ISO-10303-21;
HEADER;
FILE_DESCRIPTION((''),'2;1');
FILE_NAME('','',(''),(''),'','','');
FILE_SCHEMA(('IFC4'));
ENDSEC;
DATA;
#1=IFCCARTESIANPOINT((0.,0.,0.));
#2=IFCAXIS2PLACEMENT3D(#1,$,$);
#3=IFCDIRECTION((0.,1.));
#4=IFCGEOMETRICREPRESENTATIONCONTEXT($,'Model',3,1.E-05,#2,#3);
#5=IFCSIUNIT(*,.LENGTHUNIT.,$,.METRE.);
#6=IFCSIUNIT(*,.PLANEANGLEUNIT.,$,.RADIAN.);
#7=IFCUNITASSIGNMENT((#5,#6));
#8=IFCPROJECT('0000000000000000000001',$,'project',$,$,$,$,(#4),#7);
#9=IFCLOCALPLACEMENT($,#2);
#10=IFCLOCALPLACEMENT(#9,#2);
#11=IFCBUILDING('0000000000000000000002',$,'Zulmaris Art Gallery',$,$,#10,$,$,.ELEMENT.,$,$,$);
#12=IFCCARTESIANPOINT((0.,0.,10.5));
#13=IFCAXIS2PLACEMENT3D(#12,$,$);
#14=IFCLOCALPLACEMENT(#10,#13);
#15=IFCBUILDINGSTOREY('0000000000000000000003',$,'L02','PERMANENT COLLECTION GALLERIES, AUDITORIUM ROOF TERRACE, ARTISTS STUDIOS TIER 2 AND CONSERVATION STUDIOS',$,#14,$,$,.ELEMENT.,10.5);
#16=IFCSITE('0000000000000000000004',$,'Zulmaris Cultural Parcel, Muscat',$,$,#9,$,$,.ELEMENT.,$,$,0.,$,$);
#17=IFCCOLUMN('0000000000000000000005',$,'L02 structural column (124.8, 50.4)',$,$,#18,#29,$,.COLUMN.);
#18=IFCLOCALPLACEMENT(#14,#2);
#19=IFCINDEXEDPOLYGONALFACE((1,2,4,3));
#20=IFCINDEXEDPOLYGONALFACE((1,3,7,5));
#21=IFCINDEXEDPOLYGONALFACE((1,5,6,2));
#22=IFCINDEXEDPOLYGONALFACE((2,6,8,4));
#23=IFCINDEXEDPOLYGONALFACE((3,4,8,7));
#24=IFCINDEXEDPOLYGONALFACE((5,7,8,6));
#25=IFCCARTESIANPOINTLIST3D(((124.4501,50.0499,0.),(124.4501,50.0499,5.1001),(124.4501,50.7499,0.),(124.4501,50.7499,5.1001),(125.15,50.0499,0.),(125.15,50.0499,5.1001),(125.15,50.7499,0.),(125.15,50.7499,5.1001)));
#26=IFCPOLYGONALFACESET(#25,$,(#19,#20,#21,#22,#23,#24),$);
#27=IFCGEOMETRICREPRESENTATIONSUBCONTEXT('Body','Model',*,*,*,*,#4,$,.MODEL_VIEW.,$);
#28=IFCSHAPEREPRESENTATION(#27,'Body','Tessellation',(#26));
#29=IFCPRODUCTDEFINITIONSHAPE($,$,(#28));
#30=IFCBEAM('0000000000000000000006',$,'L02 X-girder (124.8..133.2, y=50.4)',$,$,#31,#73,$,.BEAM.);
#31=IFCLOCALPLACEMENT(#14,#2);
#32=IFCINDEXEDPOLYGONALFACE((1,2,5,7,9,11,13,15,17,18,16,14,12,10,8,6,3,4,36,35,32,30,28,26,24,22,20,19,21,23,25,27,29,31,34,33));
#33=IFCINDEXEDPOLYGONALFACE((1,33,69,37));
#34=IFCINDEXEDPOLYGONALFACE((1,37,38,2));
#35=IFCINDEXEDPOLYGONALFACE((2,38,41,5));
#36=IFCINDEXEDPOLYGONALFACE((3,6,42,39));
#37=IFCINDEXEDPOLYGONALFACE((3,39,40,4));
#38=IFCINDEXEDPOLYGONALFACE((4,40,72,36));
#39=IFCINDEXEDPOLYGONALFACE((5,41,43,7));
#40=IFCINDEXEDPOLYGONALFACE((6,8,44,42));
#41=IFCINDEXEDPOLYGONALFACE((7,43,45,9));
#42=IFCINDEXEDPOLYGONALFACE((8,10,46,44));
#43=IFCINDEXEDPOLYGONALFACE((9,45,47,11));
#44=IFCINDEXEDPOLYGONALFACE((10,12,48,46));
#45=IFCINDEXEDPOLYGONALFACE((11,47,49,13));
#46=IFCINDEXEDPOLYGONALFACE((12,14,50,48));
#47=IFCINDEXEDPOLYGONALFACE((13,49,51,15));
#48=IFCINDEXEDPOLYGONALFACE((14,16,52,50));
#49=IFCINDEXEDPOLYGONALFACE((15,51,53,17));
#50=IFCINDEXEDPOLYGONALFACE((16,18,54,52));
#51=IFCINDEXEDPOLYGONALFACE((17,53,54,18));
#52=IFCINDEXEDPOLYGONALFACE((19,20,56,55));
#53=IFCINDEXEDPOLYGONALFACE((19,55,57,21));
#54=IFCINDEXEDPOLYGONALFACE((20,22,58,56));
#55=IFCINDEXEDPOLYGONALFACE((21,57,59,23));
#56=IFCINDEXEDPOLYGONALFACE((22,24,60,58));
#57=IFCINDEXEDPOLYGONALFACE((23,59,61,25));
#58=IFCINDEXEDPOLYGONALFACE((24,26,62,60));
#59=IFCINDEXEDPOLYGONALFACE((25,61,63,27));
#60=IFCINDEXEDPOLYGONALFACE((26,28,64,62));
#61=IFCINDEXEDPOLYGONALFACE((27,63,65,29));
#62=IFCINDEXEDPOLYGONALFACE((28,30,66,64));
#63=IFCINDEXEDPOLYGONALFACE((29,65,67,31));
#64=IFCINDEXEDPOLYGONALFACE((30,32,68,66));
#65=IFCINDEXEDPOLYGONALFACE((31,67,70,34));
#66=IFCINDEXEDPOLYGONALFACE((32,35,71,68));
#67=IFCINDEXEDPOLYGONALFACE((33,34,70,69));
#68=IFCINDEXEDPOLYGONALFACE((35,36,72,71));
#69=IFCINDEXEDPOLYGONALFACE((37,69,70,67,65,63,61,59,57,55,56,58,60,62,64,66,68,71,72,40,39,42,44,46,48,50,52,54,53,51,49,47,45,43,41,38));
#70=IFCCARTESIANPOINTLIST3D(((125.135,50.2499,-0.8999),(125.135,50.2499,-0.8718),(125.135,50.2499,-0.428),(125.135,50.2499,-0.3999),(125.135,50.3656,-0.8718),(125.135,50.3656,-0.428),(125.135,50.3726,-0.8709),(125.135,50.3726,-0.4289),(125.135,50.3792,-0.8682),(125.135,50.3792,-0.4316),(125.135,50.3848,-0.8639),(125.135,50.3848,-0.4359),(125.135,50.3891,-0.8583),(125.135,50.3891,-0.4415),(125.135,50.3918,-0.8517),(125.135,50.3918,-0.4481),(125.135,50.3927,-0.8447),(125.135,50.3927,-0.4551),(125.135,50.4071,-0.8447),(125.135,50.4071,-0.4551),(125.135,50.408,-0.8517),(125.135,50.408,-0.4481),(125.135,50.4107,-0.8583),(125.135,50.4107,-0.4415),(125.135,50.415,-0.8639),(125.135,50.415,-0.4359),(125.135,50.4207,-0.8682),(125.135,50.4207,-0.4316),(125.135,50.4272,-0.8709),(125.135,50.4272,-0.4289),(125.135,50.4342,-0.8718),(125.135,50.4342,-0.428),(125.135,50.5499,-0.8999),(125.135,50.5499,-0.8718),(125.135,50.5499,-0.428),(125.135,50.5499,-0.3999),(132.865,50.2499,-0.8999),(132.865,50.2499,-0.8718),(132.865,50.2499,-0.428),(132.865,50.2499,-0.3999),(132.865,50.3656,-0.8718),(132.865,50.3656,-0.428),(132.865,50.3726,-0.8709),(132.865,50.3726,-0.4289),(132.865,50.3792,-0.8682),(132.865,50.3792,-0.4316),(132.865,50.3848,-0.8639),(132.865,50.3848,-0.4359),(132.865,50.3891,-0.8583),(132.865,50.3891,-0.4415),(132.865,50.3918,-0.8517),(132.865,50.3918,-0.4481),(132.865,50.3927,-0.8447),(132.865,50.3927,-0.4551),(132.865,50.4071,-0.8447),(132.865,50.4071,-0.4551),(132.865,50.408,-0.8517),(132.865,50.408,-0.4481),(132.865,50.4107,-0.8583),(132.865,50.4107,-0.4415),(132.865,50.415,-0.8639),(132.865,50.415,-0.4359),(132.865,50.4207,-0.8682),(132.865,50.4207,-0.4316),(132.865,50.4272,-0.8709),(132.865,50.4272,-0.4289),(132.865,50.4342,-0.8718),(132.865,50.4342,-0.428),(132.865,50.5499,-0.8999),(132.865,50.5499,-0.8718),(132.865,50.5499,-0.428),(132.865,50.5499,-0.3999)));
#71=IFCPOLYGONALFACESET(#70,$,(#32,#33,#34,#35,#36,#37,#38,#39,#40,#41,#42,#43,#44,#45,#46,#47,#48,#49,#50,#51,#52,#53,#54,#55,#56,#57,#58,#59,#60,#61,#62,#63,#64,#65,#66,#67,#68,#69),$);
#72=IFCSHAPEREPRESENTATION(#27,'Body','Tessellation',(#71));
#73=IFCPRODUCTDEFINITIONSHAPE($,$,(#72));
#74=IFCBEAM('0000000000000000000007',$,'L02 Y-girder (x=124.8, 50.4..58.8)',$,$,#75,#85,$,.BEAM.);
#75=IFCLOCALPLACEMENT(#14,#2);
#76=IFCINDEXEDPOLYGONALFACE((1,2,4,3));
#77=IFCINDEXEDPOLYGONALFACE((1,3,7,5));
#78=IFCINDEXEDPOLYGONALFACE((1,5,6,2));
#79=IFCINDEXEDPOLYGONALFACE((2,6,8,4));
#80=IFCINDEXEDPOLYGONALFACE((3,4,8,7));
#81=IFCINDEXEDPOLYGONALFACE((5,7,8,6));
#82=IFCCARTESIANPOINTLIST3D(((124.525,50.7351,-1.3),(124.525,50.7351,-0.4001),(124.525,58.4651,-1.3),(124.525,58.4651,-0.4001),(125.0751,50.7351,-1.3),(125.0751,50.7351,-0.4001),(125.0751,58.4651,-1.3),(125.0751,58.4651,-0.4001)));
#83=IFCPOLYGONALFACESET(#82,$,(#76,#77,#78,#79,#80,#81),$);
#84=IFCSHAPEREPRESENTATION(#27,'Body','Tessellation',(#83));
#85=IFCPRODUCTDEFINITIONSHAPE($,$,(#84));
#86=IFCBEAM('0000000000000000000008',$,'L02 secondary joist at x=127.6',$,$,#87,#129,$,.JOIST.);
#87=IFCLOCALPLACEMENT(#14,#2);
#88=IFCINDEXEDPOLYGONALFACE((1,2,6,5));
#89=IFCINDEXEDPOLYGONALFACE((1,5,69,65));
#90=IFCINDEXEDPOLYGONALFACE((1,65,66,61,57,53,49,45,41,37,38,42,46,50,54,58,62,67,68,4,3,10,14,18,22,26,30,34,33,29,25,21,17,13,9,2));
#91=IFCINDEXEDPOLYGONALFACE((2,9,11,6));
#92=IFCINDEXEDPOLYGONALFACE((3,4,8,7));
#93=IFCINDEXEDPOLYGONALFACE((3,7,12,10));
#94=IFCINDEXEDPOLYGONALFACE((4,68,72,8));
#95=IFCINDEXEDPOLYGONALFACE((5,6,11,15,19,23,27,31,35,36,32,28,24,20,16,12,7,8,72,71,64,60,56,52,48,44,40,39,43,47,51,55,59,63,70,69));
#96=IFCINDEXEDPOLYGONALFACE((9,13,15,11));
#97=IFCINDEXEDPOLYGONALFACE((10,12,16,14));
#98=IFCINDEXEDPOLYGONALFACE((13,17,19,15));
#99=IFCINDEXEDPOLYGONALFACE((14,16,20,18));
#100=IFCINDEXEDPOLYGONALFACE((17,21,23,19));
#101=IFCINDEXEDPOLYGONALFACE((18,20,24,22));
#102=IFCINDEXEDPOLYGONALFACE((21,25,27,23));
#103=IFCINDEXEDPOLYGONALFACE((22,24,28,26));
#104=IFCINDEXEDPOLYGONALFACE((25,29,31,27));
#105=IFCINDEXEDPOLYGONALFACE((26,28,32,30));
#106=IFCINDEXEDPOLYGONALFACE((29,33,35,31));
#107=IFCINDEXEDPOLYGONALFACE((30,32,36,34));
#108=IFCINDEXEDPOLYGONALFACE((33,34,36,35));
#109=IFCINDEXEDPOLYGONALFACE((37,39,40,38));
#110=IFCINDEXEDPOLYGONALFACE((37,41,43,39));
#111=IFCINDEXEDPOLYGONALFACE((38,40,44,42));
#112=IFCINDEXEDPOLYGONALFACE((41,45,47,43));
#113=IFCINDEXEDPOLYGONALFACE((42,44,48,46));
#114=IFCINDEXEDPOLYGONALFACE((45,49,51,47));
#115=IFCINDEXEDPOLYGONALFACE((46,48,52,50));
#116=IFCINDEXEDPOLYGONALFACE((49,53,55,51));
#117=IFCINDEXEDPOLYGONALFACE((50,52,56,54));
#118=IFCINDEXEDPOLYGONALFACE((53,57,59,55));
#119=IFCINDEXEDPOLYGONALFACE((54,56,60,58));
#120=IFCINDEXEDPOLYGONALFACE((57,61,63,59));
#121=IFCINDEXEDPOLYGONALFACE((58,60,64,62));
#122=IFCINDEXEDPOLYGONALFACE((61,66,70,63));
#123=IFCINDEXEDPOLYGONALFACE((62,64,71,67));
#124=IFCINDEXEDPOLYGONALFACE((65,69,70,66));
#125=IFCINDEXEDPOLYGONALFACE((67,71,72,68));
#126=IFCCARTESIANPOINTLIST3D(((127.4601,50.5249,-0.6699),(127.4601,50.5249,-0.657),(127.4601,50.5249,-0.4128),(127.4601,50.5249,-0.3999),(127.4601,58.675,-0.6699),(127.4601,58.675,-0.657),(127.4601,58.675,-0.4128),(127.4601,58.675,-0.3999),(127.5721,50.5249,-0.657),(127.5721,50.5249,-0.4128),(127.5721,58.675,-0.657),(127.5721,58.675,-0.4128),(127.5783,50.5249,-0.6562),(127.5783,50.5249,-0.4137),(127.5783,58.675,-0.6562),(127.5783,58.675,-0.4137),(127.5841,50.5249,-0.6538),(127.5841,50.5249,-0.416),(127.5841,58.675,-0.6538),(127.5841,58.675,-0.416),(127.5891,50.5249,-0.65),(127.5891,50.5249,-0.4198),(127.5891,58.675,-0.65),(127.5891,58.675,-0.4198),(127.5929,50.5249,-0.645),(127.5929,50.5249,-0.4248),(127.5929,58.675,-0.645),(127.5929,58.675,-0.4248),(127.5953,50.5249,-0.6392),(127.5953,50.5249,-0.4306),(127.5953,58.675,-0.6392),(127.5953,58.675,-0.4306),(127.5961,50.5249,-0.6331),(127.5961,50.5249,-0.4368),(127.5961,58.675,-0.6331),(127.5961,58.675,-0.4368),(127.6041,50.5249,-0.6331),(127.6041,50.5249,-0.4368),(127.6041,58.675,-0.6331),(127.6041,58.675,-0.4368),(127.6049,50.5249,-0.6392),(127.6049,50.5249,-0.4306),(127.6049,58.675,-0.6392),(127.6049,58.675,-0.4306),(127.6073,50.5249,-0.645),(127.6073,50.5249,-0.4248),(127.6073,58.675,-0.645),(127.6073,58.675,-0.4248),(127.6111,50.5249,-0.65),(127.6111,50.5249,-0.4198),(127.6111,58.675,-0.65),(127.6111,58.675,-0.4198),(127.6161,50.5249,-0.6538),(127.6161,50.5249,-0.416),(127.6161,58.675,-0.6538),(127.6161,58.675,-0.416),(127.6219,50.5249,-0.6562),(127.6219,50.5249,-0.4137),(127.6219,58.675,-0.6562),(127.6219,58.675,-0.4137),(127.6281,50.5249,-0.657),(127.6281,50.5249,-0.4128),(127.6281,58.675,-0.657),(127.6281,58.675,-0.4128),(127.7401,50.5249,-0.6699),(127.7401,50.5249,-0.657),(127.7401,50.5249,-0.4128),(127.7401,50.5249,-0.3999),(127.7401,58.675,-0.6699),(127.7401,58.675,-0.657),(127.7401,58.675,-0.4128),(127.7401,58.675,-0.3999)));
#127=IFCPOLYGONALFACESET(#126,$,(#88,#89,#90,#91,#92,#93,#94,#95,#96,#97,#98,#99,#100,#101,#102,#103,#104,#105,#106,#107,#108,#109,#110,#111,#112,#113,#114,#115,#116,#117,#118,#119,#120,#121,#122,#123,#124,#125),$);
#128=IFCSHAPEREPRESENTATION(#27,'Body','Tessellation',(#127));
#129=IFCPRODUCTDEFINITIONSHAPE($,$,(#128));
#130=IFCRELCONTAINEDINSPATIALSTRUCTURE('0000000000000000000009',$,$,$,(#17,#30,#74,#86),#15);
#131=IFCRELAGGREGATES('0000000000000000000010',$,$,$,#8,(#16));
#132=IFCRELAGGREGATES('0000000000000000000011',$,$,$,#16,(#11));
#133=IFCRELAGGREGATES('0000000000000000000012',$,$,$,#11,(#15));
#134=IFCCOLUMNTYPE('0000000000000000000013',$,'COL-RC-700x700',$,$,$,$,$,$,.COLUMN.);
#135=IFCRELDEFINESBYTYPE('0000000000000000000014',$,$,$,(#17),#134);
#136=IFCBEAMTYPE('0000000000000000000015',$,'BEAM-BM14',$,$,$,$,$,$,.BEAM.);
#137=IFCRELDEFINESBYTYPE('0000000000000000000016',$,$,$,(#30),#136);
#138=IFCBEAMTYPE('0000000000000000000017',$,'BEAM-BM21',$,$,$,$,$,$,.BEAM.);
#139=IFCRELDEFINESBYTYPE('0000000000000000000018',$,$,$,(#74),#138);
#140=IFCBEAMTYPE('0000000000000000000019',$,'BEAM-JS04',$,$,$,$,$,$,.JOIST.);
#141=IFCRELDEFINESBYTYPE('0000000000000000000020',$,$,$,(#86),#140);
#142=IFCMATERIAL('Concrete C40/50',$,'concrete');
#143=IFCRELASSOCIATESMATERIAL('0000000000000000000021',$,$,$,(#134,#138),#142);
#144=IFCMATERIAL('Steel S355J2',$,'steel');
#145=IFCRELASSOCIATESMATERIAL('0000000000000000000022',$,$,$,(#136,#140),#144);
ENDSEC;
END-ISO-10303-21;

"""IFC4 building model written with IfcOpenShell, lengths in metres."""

from ifc_helpers import new_model, si_unit, direction, frame, origin, origin_2d, place, context, subcontext, project, spatial, rectangle, i_section, extrude, material, material_profile, profile_set, type_object, element, save


model = new_model("IFC4")

# Units and contexts
model_context = context("Model", 3, precision=1e-05, world=origin(), true_north=direction((0.0, 1.0)))
body_context = subcontext(model_context, "Body", "Model", "MODEL_VIEW")
ifc_project = project(units=[si_unit("LENGTHUNIT", "METRE"), si_unit("PLANEANGLEUNIT", "RADIAN")], contexts=[model_context])

# Site, building, storey
site_placement = place(None, origin())
site = spatial("IfcSite", under=ifc_project, at=site_placement, Name="Zulmaris Cultural Parcel, Muscat", CompositionType="ELEMENT", RefElevation=0.0)
building_placement = place(site_placement, origin())
building = spatial("IfcBuilding", under=site, at=building_placement, Name="Zulmaris Art Gallery", CompositionType="ELEMENT")
storey_placement = place(building_placement, frame((0.0, 0.0, 10.5)))
storey = spatial("IfcBuildingStorey", under=building, at=storey_placement, Name="L02", Description="PERMANENT COLLECTION GALLERIES, AUDITORIUM ROOF TERRACE, ARTISTS STUDIOS TIER 2 AND CONSERVATION STUDIOS", CompositionType="ELEMENT", Elevation=10.5)

# Column
ifc_material_1 = material(Name="Concrete C40/50", Category="concrete")
ifc_material_profile_1 = material_profile(ifc_material_1, rectangle(XDim=0.7, YDim=0.7, at=origin_2d()), Name="RC 700x700")
ifc_profile_set_1 = profile_set([ifc_material_profile_1], Name="Concrete C40/50")
column_type = type_object("IfcColumnType", Name="COL-RC-700x700", PredefinedType="COLUMN", material=ifc_profile_set_1)
column_placement = place(storey_placement, frame((124.8, 50.3999, 0.0), z_axis=(0.0, 0.0, 1.0), x_axis=(1.0, 0.0, 0.0)))
element("IfcColumn", 1, at=column_placement, inside=storey, type_object=column_type, Name="L02 structural column (124.8, 50.4)", PredefinedType="COLUMN", context=body_context, shape_type="SweptSolid", body=[
    extrude(rectangle(XDim=0.7, YDim=0.7, at=origin_2d()), origin(), (0.0, 0.0, 1.0), 5.1001),
])

# Beams
ifc_material_2 = material(Name="Steel S355J2", Category="steel")
ifc_material_profile_2 = material_profile(ifc_material_2, i_section(OverallWidth=0.3, OverallDepth=0.5, WebThickness=0.0144, FlangeThickness=0.0281, FilletRadius=0.0271, at=origin_2d()), Name="HEB 500")
ifc_profile_set_2 = profile_set([ifc_material_profile_2], Name="Steel S355J2")
beam_type_1 = type_object("IfcBeamType", Name="BEAM-BM14", PredefinedType="BEAM", material=ifc_profile_set_2)
beam_1_placement = place(storey_placement, frame((125.135, 50.3999, -0.6499), z_axis=(1.0, 0.0, 0.0), x_axis=(0.0, 1.0, 0.0)))
element("IfcBeam", 2, at=beam_1_placement, inside=storey, type_object=beam_type_1, Name="L02 X-girder (124.8..133.2, y=50.4)", PredefinedType="BEAM", context=body_context, shape_type="SweptSolid", body=[
    extrude(i_section(OverallWidth=0.3, OverallDepth=0.5, WebThickness=0.0144, FlangeThickness=0.0281, FilletRadius=0.0271, at=origin_2d()), origin(), (0.0, 0.0, 1.0), 7.73),
])
ifc_material_profile_3 = material_profile(ifc_material_1, rectangle(XDim=0.55, YDim=0.8999, at=origin_2d()), Name="RC 550x900")
ifc_profile_set_3 = profile_set([ifc_material_profile_3], Name="Concrete C40/50")
beam_type_2 = type_object("IfcBeamType", Name="BEAM-BM21", PredefinedType="BEAM", material=ifc_profile_set_3)
beam_2_placement = place(storey_placement, frame((124.8, 50.7351, -0.8501), z_axis=(0.0, 1.0, 0.0), x_axis=(-1.0, 0.0, 0.0)))
element("IfcBeam", 3, at=beam_2_placement, inside=storey, type_object=beam_type_2, Name="L02 Y-girder (x=124.8, 50.4..58.8)", PredefinedType="BEAM", context=body_context, shape_type="SweptSolid", body=[
    extrude(rectangle(XDim=0.55, YDim=0.8999, at=origin_2d()), origin(), (0.0, 0.0, 1.0), 7.73),
])
ifc_material_profile_4 = material_profile(ifc_material_2, i_section(OverallWidth=0.28, OverallDepth=0.27, WebThickness=0.0081, FlangeThickness=0.0129, FilletRadius=0.0239, at=origin_2d()), Name="HEA 280")
ifc_profile_set_4 = profile_set([ifc_material_profile_4], Name="Steel S355J2")
beam_type_3 = type_object("IfcBeamType", Name="BEAM-JS04", PredefinedType="JOIST", material=ifc_profile_set_4)
beam_3_placement = place(storey_placement, frame((127.6001, 50.5249, -0.5349), z_axis=(0.0, 1.0, 0.0), x_axis=(-1.0, 0.0, 0.0)))
element("IfcBeam", 4, at=beam_3_placement, inside=storey, type_object=beam_type_3, Name="L02 secondary joist at x=127.6", PredefinedType="JOIST", context=body_context, shape_type="SweptSolid", body=[
    extrude(i_section(OverallWidth=0.28, OverallDepth=0.27, WebThickness=0.0081, FlangeThickness=0.0129, FilletRadius=0.0239, at=origin_2d()), origin(), (0.0, 0.0, 1.0), 8.1501),
])

save(model, "model.ifc")
